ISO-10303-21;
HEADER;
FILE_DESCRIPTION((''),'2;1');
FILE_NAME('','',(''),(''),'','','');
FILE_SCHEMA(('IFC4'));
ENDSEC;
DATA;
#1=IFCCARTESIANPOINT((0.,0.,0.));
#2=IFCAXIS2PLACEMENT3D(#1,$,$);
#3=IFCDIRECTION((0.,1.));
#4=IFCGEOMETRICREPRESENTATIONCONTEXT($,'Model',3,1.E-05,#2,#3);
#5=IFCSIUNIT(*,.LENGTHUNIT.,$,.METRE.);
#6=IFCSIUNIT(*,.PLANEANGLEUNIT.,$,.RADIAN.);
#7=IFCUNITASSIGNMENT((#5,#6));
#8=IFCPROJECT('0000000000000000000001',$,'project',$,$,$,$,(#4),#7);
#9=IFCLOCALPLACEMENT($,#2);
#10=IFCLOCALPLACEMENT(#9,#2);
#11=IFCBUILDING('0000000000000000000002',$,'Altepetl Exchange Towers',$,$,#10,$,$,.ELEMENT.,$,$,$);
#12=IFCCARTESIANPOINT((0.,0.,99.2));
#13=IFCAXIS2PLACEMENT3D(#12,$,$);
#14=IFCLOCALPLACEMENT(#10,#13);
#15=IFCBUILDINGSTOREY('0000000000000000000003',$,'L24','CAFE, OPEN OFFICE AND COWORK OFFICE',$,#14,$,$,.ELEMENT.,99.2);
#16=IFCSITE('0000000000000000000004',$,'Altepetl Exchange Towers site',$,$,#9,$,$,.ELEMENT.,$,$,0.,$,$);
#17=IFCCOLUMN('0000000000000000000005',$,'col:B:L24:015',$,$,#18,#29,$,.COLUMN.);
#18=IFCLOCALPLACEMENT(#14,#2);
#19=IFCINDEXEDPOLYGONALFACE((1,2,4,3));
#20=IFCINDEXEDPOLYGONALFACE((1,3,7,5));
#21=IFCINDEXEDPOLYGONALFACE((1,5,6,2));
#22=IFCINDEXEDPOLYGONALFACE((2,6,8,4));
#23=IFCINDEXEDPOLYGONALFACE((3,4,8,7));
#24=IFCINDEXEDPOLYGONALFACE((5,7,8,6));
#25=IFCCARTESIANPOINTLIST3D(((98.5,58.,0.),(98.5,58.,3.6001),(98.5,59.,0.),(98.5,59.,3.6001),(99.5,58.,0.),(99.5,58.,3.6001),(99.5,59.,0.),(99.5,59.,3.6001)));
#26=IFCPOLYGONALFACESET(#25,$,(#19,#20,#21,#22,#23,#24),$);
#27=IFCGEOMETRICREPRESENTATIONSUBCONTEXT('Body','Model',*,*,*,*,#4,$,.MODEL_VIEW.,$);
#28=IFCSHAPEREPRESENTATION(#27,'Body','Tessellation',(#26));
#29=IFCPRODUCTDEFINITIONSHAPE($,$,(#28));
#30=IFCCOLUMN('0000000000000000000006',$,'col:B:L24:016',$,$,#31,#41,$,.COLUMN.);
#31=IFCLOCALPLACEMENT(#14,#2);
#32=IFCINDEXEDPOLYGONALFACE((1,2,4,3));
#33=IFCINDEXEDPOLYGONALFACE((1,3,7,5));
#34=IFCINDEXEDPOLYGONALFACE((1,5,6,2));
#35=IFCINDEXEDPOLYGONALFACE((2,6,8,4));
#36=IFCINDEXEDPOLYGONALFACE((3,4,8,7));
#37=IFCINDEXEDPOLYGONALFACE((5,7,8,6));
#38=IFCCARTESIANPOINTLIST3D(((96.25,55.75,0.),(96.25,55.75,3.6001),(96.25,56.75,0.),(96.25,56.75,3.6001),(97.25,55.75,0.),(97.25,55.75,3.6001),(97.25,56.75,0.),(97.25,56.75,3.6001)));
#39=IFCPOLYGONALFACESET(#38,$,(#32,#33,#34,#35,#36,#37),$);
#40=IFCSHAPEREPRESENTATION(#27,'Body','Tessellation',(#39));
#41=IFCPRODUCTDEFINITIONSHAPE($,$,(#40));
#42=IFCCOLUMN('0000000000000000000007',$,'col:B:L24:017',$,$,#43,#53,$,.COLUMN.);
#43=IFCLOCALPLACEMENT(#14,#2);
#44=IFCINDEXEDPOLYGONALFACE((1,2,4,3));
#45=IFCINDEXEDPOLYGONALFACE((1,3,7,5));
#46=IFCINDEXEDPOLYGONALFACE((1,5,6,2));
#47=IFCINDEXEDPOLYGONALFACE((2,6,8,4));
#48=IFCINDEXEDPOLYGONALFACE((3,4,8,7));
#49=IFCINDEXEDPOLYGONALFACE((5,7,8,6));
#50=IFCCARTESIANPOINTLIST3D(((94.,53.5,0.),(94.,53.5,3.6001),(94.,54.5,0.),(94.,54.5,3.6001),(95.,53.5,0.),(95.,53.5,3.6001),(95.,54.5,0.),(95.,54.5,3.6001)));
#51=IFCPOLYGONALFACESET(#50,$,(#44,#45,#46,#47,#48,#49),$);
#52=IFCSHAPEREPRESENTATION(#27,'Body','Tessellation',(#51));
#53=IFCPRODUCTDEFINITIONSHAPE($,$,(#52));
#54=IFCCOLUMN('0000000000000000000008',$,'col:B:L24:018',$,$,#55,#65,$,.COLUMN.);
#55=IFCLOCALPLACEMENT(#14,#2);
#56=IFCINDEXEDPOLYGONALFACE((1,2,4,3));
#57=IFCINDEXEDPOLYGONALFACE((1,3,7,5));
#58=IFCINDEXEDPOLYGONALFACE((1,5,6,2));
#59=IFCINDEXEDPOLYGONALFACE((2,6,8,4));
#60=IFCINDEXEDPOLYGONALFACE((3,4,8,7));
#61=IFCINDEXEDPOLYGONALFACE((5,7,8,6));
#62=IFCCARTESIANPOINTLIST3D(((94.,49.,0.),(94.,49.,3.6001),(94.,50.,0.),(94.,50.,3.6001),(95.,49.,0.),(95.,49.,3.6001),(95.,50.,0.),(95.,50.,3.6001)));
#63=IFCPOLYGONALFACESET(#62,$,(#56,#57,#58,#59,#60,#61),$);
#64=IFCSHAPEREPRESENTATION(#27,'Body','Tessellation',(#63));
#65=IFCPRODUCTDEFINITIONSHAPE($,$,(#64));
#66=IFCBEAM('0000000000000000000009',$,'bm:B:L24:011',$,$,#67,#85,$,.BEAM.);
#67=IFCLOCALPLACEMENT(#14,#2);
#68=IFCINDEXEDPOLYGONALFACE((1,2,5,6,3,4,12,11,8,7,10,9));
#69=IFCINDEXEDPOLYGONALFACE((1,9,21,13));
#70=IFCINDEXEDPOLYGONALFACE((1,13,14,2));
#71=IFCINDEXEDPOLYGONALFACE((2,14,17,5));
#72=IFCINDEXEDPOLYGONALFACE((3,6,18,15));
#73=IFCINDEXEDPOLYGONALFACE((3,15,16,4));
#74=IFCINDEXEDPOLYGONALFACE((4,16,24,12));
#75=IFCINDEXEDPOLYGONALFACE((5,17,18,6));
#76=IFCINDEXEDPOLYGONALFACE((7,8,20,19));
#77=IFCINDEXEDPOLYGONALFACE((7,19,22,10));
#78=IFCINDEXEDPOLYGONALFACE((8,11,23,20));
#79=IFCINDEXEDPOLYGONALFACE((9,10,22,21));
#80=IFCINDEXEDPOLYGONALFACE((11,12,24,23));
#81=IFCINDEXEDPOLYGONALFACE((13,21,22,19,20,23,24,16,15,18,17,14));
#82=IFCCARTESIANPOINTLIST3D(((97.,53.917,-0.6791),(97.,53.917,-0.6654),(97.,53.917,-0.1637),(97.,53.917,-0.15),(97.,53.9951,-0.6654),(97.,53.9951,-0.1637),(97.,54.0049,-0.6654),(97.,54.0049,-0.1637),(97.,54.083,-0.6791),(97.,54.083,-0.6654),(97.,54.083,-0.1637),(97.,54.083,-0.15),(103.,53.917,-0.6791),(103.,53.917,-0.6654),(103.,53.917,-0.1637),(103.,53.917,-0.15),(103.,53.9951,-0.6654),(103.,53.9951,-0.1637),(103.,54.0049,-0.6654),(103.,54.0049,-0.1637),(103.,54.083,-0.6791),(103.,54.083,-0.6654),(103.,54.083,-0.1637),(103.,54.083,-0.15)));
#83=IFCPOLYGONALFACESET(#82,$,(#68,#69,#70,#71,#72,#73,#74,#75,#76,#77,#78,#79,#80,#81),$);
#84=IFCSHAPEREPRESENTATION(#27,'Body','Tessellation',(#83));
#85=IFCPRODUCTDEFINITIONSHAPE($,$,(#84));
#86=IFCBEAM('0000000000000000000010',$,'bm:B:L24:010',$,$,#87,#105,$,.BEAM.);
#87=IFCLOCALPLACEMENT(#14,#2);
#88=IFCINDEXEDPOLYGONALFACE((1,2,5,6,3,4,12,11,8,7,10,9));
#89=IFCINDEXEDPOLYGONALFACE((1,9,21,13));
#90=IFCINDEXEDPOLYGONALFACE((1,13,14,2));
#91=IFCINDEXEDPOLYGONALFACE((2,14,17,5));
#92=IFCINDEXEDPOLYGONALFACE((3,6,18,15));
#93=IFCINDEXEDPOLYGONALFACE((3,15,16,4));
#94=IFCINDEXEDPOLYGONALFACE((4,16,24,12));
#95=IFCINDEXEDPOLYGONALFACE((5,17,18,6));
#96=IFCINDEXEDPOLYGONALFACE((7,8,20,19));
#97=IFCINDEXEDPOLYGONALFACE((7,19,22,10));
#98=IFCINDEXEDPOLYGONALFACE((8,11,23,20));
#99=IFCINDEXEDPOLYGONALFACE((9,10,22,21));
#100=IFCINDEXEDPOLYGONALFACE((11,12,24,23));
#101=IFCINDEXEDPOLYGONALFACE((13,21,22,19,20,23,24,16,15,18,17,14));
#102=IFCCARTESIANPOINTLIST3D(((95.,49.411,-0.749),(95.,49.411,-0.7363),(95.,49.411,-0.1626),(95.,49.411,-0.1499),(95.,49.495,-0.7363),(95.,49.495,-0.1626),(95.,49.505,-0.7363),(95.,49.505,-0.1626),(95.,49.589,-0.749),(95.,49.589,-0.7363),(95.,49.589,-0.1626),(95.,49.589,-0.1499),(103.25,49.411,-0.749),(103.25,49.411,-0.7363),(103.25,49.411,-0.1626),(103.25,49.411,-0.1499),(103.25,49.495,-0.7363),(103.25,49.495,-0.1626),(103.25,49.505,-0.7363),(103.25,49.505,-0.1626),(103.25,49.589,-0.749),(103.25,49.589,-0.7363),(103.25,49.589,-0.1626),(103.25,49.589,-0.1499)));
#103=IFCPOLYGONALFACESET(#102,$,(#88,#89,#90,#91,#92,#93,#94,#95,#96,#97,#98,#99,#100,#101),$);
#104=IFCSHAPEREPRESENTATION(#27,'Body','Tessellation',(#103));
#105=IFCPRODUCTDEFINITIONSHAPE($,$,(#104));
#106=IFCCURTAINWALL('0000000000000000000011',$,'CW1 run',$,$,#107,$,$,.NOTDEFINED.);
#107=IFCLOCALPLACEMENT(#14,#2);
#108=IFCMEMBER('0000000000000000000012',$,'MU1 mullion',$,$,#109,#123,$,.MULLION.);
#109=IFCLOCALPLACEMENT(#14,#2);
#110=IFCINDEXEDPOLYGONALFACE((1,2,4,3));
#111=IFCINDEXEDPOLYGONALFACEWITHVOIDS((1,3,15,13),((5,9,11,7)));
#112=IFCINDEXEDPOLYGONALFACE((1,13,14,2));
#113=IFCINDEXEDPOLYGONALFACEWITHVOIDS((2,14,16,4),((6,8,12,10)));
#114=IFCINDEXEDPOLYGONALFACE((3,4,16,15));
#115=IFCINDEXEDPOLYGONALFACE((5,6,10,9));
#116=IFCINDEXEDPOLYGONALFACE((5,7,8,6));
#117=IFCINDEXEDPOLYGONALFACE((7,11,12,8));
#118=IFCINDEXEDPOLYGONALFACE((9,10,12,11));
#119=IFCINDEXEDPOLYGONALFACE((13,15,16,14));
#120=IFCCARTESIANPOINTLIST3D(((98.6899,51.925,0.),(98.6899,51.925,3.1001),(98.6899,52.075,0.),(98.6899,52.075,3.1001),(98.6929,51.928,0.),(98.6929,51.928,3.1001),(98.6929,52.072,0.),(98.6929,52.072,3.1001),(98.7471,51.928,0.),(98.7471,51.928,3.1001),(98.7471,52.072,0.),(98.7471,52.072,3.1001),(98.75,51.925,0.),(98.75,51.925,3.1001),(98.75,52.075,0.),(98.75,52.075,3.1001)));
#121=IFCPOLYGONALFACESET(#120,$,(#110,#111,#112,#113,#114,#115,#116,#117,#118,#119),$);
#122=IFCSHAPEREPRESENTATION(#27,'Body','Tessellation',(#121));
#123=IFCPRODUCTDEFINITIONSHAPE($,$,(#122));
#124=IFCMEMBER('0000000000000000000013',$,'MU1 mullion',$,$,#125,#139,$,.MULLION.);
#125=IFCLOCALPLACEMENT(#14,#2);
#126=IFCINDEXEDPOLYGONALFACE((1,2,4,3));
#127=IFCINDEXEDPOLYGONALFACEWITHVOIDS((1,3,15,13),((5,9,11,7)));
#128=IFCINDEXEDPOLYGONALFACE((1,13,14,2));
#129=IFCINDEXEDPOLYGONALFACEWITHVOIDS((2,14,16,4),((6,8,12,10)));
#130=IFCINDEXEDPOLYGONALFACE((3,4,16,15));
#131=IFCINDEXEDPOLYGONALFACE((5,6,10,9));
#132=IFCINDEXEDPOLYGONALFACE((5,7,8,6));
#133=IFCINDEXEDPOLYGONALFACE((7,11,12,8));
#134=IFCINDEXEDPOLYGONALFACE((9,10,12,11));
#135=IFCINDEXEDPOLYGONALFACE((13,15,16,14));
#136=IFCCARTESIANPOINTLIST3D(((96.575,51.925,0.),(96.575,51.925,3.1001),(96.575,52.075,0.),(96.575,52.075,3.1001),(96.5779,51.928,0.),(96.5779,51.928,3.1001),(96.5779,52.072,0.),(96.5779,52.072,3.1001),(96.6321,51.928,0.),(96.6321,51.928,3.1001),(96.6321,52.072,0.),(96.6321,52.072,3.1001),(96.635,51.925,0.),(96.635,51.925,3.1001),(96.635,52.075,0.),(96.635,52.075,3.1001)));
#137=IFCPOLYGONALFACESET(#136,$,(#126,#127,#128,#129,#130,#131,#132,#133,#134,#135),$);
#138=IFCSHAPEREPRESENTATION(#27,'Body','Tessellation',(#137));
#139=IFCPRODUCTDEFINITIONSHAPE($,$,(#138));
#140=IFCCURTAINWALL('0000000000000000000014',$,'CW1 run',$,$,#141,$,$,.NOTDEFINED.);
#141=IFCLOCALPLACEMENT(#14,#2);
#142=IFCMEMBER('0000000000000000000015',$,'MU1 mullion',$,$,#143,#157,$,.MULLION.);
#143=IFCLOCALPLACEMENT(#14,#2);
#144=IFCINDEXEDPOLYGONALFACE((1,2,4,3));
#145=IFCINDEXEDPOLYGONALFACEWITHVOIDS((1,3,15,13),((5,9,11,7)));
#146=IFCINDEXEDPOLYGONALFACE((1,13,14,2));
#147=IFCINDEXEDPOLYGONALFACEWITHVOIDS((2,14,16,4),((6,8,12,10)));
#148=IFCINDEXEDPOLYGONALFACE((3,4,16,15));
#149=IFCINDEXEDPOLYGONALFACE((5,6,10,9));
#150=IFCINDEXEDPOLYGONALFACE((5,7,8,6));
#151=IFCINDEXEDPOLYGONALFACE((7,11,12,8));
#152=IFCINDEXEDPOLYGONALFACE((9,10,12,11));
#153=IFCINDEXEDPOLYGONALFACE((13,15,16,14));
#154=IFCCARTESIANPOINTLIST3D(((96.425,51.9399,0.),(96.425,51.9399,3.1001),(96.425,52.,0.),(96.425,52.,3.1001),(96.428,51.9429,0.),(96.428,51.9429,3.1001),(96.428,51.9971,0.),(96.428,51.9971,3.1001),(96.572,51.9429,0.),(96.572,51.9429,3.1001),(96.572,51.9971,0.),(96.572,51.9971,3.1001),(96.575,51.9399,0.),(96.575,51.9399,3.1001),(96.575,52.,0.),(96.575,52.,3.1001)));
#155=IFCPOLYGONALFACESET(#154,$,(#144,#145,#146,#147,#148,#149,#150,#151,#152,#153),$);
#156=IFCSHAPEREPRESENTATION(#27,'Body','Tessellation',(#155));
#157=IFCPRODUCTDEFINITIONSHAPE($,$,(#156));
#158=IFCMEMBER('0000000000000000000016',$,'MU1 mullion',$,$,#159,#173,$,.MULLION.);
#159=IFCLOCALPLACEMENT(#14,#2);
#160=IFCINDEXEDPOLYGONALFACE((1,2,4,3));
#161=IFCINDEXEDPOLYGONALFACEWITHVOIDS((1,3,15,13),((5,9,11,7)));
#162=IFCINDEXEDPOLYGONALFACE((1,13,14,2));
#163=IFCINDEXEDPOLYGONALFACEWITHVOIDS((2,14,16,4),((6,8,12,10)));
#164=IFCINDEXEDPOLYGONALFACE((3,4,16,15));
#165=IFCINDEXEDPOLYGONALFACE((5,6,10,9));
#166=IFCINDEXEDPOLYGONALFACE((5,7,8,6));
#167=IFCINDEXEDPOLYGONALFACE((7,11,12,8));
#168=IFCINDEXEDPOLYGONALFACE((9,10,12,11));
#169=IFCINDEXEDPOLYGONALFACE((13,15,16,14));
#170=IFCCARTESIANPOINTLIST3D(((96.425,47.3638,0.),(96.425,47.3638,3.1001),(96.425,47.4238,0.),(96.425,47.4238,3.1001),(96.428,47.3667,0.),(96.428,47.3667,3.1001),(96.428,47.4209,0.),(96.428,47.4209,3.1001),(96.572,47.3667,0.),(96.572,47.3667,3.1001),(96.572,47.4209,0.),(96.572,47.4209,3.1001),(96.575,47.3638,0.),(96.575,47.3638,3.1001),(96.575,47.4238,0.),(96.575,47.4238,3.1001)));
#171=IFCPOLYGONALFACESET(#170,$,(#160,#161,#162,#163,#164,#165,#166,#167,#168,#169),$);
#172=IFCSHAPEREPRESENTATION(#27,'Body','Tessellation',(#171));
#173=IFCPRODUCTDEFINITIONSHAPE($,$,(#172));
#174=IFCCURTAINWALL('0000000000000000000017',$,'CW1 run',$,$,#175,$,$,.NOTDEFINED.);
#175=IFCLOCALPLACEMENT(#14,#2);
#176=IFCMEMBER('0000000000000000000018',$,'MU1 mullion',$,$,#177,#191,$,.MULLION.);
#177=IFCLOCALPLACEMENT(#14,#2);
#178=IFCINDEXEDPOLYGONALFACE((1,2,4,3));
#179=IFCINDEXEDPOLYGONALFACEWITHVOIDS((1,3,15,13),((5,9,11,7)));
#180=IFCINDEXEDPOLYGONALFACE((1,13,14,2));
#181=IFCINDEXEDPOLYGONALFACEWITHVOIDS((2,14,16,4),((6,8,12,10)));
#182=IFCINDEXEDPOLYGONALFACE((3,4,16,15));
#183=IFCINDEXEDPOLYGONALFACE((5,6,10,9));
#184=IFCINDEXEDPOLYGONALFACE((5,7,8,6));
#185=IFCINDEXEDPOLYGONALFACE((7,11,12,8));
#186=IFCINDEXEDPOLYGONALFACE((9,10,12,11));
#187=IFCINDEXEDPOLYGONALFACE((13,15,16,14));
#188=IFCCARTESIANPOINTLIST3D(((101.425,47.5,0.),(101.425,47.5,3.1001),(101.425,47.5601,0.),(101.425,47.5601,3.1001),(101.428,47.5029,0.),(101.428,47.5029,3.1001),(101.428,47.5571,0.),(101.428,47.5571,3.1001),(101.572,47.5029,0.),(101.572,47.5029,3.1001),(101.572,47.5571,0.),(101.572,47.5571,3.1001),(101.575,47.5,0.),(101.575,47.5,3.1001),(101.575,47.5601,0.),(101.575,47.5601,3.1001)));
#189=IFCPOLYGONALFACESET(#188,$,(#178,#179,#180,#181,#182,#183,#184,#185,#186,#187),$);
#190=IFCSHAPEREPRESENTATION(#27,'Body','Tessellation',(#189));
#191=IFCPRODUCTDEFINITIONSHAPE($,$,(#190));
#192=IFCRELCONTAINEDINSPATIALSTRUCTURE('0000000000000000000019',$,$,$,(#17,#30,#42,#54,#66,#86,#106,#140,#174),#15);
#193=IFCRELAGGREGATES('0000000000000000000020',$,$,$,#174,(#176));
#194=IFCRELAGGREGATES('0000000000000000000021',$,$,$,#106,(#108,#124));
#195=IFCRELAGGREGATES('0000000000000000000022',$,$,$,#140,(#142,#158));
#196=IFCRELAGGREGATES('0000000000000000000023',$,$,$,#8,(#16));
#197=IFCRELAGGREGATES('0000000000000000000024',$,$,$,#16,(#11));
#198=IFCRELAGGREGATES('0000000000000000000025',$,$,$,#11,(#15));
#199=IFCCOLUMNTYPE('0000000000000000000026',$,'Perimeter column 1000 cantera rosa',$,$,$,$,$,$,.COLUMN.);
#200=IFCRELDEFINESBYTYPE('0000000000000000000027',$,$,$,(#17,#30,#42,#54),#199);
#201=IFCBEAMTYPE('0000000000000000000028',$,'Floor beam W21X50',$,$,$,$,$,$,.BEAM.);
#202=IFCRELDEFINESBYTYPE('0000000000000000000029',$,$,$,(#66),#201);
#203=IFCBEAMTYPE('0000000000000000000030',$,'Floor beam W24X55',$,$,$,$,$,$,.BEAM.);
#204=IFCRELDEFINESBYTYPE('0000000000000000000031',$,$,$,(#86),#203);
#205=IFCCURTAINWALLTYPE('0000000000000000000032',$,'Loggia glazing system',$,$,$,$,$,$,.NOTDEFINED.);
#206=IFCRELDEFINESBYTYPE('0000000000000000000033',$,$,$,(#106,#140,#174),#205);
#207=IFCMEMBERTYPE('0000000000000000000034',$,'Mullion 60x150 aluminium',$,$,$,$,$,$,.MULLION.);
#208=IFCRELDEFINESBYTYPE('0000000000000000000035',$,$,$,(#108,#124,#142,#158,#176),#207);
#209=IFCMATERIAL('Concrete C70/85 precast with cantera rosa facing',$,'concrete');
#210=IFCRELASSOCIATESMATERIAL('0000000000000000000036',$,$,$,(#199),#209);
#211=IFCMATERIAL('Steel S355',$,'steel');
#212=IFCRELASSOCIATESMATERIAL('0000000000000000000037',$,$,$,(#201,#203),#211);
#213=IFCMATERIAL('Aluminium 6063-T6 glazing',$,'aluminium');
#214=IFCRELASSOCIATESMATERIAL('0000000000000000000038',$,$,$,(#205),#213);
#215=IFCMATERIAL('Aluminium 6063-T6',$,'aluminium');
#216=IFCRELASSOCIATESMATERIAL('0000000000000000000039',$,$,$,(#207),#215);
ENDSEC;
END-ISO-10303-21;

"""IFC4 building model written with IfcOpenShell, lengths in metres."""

from ifc_helpers import new_model, si_unit, direction, frame, origin, origin_2d, place, context, subcontext, project, spatial, rectangle, hollow_rectangle, i_section, extrude, material, material_profile, profile_set, type_object, element, aggregate, save


model = new_model("IFC4")

# Units and contexts
model_context = context("Model", 3, precision=1e-05, world=origin(), true_north=direction((0.0, 1.0)))
body_context = subcontext(model_context, "Body", "Model", "MODEL_VIEW")
ifc_project = project(units=[si_unit("LENGTHUNIT", "METRE"), si_unit("PLANEANGLEUNIT", "RADIAN")], contexts=[model_context])

# Site, building, storey
site_placement = place(None, origin())
site = spatial("IfcSite", under=ifc_project, at=site_placement, Name="Altepetl Exchange Towers site", CompositionType="ELEMENT", RefElevation=0.0)
building_placement = place(site_placement, origin())
building = spatial("IfcBuilding", under=site, at=building_placement, Name="Altepetl Exchange Towers", CompositionType="ELEMENT")
storey_placement = place(building_placement, frame((0.0, 0.0, 99.2)))
storey = spatial("IfcBuildingStorey", under=building, at=storey_placement, Name="L24", Description="CAFE, OPEN OFFICE AND COWORK OFFICE", CompositionType="ELEMENT", Elevation=99.2)

# Columns
ifc_material_1 = material(Name="Concrete C70/85 precast with cantera rosa facing", Category="concrete")
ifc_material_profile_1 = material_profile(ifc_material_1, rectangle(XDim=1.0, YDim=1.0, at=origin_2d()), Name="1000 x 1000")
ifc_profile_set_1 = profile_set([ifc_material_profile_1], Name="Concrete C70/85 precast with cantera rosa facing")
column_type = type_object("IfcColumnType", Name="Perimeter column 1000 cantera rosa", PredefinedType="COLUMN", material=ifc_profile_set_1)
for number, where, name in (
    (1, (99.0, 58.5, 0.0), "col:B:L24:015"),
    (2, (96.75, 56.25, 0.0), "col:B:L24:016"),
    (3, (94.5, 54.0, 0.0), "col:B:L24:017"),
    (4, (94.5, 49.5, 0.0), "col:B:L24:018"),
):
    element("IfcColumn", number, at=place(storey_placement, frame(where)), inside=storey, type_object=column_type, Name=name, PredefinedType="COLUMN", context=body_context, shape_type="SweptSolid", body=[
        extrude(rectangle(XDim=1.0, YDim=1.0, at=origin_2d()), origin(), (0.0, 0.0, 1.0), 3.6001),
    ])

# Beams
ifc_material_2 = material(Name="Steel S355", Category="steel")
ifc_material_profile_2 = material_profile(ifc_material_2, i_section(OverallWidth=0.166, OverallDepth=0.5291, WebThickness=0.0098, FlangeThickness=0.0137, at=origin_2d()), Name="W21X50")
ifc_profile_set_2 = profile_set([ifc_material_profile_2], Name="Steel S355")
beam_type_1 = type_object("IfcBeamType", Name="Floor beam W21X50", PredefinedType="BEAM", material=ifc_profile_set_2)
beam_1_placement = place(storey_placement, frame((97.0, 54.0, -0.4146), z_axis=(1.0, 0.0, 0.0), x_axis=(0.0, 1.0, 0.0)))
element("IfcBeam", 5, at=beam_1_placement, inside=storey, type_object=beam_type_1, Name="bm:B:L24:011", PredefinedType="BEAM", context=body_context, shape_type="SweptSolid", body=[
    extrude(i_section(OverallWidth=0.166, OverallDepth=0.5291, WebThickness=0.0098, FlangeThickness=0.0137, at=origin_2d()), origin(), (0.0, 0.0, 1.0), 6.0),
])
ifc_material_profile_3 = material_profile(ifc_material_2, i_section(OverallWidth=0.178, OverallDepth=0.5991, WebThickness=0.01, FlangeThickness=0.0127, at=origin_2d()), Name="W24X55")
ifc_profile_set_3 = profile_set([ifc_material_profile_3], Name="Steel S355")
beam_type_2 = type_object("IfcBeamType", Name="Floor beam W24X55", PredefinedType="BEAM", material=ifc_profile_set_3)
beam_2_placement = place(storey_placement, frame((95.0, 49.5, -0.4495), z_axis=(1.0, 0.0, 0.0), x_axis=(0.0, 1.0, 0.0)))
element("IfcBeam", 6, at=beam_2_placement, inside=storey, type_object=beam_type_2, Name="bm:B:L24:010", PredefinedType="BEAM", context=body_context, shape_type="SweptSolid", body=[
    extrude(i_section(OverallWidth=0.178, OverallDepth=0.5991, WebThickness=0.01, FlangeThickness=0.0127, at=origin_2d()), origin(), (0.0, 0.0, 1.0), 8.25),
])

# Curtain walls, members
ifc_material_3 = material(Name="Aluminium 6063-T6 glazing", Category="aluminium")
curtain_wall_type = type_object("IfcCurtainWallType", Name="Loggia glazing system", PredefinedType="NOTDEFINED", material=ifc_material_3)
curtain_wall_1_placement = place(storey_placement, origin())
curtain_wall_1 = element("IfcCurtainWall", 7, at=curtain_wall_1_placement, inside=storey, type_object=curtain_wall_type, Name="CW1 run", PredefinedType="NOTDEFINED")
ifc_material_4 = material(Name="Aluminium 6063-T6", Category="aluminium")
ifc_material_profile_4 = material_profile(ifc_material_4, hollow_rectangle(XDim=0.0601, YDim=0.1499, WallThickness=0.0029, at=origin_2d()), Name="Mullion 60x150 aluminium")
ifc_profile_set_4 = profile_set([ifc_material_profile_4], Name="Aluminium 6063-T6")
member_type = type_object("IfcMemberType", Name="Mullion 60x150 aluminium", PredefinedType="MULLION", material=ifc_profile_set_4)
member_1_placement = place(storey_placement, frame((98.72, 52.0, 0.0), z_axis=(0.0, 0.0, 1.0), x_axis=(-1.0, 0.0, 0.0)))
member_1 = element("IfcMember", 8, at=member_1_placement, type_object=member_type, Name="MU1 mullion", PredefinedType="MULLION", context=body_context, shape_type="SweptSolid", body=[
    extrude(hollow_rectangle(XDim=0.0601, YDim=0.1499, WallThickness=0.0029, at=origin_2d()), origin(), (0.0, 0.0, 1.0), 3.1001),
])
member_2_placement = place(storey_placement, frame((96.605, 52.0, 0.0), z_axis=(0.0, 0.0, 1.0), x_axis=(-1.0, 0.0, 0.0)))
member_2 = element("IfcMember", 9, at=member_2_placement, type_object=member_type, Name="MU1 mullion", PredefinedType="MULLION", context=body_context, shape_type="SweptSolid", body=[
    extrude(hollow_rectangle(XDim=0.0601, YDim=0.1499, WallThickness=0.0029, at=origin_2d()), origin(), (0.0, 0.0, 1.0), 3.1001),
])
curtain_wall_2_placement = place(storey_placement, origin())
curtain_wall_2 = element("IfcCurtainWall", 10, at=curtain_wall_2_placement, inside=storey, type_object=curtain_wall_type, Name="CW1 run", PredefinedType="NOTDEFINED")
member_3_placement = place(storey_placement, frame((96.5, 51.97, 0.0), z_axis=(0.0, 0.0, 1.0), x_axis=(0.0, -1.0, 0.0)))
member_3 = element("IfcMember", 11, at=member_3_placement, type_object=member_type, Name="MU1 mullion", PredefinedType="MULLION", context=body_context, shape_type="SweptSolid", body=[
    extrude(hollow_rectangle(XDim=0.0601, YDim=0.1499, WallThickness=0.0029, at=origin_2d()), origin(), (0.0, 0.0, 1.0), 3.1001),
])
member_4_placement = place(storey_placement, frame((96.5, 47.3938, 0.0), z_axis=(0.0, 0.0, 1.0), x_axis=(0.0, -1.0, 0.0)))
member_4 = element("IfcMember", 12, at=member_4_placement, type_object=member_type, Name="MU1 mullion", PredefinedType="MULLION", context=body_context, shape_type="SweptSolid", body=[
    extrude(hollow_rectangle(XDim=0.0601, YDim=0.1499, WallThickness=0.0029, at=origin_2d()), origin(), (0.0, 0.0, 1.0), 3.1001),
])

# Curtain wall, member
curtain_wall_3_placement = place(storey_placement, origin())
curtain_wall_3 = element("IfcCurtainWall", 13, at=curtain_wall_3_placement, inside=storey, type_object=curtain_wall_type, Name="CW1 run", PredefinedType="NOTDEFINED")
member_5_placement = place(storey_placement, frame((101.5, 47.53, 0.0), z_axis=(0.0, 0.0, 1.0), x_axis=(0.0, 1.0, 0.0)))
member_5 = element("IfcMember", 14, at=member_5_placement, type_object=member_type, Name="MU1 mullion", PredefinedType="MULLION", context=body_context, shape_type="SweptSolid", body=[
    extrude(hollow_rectangle(XDim=0.0601, YDim=0.1499, WallThickness=0.0029, at=origin_2d()), origin(), (0.0, 0.0, 1.0), 3.1001),
])
aggregate(curtain_wall_3, [member_5])

aggregate(curtain_wall_1, [member_1, member_2])
aggregate(curtain_wall_2, [member_3, member_4])

save(model, "model.ifc")
